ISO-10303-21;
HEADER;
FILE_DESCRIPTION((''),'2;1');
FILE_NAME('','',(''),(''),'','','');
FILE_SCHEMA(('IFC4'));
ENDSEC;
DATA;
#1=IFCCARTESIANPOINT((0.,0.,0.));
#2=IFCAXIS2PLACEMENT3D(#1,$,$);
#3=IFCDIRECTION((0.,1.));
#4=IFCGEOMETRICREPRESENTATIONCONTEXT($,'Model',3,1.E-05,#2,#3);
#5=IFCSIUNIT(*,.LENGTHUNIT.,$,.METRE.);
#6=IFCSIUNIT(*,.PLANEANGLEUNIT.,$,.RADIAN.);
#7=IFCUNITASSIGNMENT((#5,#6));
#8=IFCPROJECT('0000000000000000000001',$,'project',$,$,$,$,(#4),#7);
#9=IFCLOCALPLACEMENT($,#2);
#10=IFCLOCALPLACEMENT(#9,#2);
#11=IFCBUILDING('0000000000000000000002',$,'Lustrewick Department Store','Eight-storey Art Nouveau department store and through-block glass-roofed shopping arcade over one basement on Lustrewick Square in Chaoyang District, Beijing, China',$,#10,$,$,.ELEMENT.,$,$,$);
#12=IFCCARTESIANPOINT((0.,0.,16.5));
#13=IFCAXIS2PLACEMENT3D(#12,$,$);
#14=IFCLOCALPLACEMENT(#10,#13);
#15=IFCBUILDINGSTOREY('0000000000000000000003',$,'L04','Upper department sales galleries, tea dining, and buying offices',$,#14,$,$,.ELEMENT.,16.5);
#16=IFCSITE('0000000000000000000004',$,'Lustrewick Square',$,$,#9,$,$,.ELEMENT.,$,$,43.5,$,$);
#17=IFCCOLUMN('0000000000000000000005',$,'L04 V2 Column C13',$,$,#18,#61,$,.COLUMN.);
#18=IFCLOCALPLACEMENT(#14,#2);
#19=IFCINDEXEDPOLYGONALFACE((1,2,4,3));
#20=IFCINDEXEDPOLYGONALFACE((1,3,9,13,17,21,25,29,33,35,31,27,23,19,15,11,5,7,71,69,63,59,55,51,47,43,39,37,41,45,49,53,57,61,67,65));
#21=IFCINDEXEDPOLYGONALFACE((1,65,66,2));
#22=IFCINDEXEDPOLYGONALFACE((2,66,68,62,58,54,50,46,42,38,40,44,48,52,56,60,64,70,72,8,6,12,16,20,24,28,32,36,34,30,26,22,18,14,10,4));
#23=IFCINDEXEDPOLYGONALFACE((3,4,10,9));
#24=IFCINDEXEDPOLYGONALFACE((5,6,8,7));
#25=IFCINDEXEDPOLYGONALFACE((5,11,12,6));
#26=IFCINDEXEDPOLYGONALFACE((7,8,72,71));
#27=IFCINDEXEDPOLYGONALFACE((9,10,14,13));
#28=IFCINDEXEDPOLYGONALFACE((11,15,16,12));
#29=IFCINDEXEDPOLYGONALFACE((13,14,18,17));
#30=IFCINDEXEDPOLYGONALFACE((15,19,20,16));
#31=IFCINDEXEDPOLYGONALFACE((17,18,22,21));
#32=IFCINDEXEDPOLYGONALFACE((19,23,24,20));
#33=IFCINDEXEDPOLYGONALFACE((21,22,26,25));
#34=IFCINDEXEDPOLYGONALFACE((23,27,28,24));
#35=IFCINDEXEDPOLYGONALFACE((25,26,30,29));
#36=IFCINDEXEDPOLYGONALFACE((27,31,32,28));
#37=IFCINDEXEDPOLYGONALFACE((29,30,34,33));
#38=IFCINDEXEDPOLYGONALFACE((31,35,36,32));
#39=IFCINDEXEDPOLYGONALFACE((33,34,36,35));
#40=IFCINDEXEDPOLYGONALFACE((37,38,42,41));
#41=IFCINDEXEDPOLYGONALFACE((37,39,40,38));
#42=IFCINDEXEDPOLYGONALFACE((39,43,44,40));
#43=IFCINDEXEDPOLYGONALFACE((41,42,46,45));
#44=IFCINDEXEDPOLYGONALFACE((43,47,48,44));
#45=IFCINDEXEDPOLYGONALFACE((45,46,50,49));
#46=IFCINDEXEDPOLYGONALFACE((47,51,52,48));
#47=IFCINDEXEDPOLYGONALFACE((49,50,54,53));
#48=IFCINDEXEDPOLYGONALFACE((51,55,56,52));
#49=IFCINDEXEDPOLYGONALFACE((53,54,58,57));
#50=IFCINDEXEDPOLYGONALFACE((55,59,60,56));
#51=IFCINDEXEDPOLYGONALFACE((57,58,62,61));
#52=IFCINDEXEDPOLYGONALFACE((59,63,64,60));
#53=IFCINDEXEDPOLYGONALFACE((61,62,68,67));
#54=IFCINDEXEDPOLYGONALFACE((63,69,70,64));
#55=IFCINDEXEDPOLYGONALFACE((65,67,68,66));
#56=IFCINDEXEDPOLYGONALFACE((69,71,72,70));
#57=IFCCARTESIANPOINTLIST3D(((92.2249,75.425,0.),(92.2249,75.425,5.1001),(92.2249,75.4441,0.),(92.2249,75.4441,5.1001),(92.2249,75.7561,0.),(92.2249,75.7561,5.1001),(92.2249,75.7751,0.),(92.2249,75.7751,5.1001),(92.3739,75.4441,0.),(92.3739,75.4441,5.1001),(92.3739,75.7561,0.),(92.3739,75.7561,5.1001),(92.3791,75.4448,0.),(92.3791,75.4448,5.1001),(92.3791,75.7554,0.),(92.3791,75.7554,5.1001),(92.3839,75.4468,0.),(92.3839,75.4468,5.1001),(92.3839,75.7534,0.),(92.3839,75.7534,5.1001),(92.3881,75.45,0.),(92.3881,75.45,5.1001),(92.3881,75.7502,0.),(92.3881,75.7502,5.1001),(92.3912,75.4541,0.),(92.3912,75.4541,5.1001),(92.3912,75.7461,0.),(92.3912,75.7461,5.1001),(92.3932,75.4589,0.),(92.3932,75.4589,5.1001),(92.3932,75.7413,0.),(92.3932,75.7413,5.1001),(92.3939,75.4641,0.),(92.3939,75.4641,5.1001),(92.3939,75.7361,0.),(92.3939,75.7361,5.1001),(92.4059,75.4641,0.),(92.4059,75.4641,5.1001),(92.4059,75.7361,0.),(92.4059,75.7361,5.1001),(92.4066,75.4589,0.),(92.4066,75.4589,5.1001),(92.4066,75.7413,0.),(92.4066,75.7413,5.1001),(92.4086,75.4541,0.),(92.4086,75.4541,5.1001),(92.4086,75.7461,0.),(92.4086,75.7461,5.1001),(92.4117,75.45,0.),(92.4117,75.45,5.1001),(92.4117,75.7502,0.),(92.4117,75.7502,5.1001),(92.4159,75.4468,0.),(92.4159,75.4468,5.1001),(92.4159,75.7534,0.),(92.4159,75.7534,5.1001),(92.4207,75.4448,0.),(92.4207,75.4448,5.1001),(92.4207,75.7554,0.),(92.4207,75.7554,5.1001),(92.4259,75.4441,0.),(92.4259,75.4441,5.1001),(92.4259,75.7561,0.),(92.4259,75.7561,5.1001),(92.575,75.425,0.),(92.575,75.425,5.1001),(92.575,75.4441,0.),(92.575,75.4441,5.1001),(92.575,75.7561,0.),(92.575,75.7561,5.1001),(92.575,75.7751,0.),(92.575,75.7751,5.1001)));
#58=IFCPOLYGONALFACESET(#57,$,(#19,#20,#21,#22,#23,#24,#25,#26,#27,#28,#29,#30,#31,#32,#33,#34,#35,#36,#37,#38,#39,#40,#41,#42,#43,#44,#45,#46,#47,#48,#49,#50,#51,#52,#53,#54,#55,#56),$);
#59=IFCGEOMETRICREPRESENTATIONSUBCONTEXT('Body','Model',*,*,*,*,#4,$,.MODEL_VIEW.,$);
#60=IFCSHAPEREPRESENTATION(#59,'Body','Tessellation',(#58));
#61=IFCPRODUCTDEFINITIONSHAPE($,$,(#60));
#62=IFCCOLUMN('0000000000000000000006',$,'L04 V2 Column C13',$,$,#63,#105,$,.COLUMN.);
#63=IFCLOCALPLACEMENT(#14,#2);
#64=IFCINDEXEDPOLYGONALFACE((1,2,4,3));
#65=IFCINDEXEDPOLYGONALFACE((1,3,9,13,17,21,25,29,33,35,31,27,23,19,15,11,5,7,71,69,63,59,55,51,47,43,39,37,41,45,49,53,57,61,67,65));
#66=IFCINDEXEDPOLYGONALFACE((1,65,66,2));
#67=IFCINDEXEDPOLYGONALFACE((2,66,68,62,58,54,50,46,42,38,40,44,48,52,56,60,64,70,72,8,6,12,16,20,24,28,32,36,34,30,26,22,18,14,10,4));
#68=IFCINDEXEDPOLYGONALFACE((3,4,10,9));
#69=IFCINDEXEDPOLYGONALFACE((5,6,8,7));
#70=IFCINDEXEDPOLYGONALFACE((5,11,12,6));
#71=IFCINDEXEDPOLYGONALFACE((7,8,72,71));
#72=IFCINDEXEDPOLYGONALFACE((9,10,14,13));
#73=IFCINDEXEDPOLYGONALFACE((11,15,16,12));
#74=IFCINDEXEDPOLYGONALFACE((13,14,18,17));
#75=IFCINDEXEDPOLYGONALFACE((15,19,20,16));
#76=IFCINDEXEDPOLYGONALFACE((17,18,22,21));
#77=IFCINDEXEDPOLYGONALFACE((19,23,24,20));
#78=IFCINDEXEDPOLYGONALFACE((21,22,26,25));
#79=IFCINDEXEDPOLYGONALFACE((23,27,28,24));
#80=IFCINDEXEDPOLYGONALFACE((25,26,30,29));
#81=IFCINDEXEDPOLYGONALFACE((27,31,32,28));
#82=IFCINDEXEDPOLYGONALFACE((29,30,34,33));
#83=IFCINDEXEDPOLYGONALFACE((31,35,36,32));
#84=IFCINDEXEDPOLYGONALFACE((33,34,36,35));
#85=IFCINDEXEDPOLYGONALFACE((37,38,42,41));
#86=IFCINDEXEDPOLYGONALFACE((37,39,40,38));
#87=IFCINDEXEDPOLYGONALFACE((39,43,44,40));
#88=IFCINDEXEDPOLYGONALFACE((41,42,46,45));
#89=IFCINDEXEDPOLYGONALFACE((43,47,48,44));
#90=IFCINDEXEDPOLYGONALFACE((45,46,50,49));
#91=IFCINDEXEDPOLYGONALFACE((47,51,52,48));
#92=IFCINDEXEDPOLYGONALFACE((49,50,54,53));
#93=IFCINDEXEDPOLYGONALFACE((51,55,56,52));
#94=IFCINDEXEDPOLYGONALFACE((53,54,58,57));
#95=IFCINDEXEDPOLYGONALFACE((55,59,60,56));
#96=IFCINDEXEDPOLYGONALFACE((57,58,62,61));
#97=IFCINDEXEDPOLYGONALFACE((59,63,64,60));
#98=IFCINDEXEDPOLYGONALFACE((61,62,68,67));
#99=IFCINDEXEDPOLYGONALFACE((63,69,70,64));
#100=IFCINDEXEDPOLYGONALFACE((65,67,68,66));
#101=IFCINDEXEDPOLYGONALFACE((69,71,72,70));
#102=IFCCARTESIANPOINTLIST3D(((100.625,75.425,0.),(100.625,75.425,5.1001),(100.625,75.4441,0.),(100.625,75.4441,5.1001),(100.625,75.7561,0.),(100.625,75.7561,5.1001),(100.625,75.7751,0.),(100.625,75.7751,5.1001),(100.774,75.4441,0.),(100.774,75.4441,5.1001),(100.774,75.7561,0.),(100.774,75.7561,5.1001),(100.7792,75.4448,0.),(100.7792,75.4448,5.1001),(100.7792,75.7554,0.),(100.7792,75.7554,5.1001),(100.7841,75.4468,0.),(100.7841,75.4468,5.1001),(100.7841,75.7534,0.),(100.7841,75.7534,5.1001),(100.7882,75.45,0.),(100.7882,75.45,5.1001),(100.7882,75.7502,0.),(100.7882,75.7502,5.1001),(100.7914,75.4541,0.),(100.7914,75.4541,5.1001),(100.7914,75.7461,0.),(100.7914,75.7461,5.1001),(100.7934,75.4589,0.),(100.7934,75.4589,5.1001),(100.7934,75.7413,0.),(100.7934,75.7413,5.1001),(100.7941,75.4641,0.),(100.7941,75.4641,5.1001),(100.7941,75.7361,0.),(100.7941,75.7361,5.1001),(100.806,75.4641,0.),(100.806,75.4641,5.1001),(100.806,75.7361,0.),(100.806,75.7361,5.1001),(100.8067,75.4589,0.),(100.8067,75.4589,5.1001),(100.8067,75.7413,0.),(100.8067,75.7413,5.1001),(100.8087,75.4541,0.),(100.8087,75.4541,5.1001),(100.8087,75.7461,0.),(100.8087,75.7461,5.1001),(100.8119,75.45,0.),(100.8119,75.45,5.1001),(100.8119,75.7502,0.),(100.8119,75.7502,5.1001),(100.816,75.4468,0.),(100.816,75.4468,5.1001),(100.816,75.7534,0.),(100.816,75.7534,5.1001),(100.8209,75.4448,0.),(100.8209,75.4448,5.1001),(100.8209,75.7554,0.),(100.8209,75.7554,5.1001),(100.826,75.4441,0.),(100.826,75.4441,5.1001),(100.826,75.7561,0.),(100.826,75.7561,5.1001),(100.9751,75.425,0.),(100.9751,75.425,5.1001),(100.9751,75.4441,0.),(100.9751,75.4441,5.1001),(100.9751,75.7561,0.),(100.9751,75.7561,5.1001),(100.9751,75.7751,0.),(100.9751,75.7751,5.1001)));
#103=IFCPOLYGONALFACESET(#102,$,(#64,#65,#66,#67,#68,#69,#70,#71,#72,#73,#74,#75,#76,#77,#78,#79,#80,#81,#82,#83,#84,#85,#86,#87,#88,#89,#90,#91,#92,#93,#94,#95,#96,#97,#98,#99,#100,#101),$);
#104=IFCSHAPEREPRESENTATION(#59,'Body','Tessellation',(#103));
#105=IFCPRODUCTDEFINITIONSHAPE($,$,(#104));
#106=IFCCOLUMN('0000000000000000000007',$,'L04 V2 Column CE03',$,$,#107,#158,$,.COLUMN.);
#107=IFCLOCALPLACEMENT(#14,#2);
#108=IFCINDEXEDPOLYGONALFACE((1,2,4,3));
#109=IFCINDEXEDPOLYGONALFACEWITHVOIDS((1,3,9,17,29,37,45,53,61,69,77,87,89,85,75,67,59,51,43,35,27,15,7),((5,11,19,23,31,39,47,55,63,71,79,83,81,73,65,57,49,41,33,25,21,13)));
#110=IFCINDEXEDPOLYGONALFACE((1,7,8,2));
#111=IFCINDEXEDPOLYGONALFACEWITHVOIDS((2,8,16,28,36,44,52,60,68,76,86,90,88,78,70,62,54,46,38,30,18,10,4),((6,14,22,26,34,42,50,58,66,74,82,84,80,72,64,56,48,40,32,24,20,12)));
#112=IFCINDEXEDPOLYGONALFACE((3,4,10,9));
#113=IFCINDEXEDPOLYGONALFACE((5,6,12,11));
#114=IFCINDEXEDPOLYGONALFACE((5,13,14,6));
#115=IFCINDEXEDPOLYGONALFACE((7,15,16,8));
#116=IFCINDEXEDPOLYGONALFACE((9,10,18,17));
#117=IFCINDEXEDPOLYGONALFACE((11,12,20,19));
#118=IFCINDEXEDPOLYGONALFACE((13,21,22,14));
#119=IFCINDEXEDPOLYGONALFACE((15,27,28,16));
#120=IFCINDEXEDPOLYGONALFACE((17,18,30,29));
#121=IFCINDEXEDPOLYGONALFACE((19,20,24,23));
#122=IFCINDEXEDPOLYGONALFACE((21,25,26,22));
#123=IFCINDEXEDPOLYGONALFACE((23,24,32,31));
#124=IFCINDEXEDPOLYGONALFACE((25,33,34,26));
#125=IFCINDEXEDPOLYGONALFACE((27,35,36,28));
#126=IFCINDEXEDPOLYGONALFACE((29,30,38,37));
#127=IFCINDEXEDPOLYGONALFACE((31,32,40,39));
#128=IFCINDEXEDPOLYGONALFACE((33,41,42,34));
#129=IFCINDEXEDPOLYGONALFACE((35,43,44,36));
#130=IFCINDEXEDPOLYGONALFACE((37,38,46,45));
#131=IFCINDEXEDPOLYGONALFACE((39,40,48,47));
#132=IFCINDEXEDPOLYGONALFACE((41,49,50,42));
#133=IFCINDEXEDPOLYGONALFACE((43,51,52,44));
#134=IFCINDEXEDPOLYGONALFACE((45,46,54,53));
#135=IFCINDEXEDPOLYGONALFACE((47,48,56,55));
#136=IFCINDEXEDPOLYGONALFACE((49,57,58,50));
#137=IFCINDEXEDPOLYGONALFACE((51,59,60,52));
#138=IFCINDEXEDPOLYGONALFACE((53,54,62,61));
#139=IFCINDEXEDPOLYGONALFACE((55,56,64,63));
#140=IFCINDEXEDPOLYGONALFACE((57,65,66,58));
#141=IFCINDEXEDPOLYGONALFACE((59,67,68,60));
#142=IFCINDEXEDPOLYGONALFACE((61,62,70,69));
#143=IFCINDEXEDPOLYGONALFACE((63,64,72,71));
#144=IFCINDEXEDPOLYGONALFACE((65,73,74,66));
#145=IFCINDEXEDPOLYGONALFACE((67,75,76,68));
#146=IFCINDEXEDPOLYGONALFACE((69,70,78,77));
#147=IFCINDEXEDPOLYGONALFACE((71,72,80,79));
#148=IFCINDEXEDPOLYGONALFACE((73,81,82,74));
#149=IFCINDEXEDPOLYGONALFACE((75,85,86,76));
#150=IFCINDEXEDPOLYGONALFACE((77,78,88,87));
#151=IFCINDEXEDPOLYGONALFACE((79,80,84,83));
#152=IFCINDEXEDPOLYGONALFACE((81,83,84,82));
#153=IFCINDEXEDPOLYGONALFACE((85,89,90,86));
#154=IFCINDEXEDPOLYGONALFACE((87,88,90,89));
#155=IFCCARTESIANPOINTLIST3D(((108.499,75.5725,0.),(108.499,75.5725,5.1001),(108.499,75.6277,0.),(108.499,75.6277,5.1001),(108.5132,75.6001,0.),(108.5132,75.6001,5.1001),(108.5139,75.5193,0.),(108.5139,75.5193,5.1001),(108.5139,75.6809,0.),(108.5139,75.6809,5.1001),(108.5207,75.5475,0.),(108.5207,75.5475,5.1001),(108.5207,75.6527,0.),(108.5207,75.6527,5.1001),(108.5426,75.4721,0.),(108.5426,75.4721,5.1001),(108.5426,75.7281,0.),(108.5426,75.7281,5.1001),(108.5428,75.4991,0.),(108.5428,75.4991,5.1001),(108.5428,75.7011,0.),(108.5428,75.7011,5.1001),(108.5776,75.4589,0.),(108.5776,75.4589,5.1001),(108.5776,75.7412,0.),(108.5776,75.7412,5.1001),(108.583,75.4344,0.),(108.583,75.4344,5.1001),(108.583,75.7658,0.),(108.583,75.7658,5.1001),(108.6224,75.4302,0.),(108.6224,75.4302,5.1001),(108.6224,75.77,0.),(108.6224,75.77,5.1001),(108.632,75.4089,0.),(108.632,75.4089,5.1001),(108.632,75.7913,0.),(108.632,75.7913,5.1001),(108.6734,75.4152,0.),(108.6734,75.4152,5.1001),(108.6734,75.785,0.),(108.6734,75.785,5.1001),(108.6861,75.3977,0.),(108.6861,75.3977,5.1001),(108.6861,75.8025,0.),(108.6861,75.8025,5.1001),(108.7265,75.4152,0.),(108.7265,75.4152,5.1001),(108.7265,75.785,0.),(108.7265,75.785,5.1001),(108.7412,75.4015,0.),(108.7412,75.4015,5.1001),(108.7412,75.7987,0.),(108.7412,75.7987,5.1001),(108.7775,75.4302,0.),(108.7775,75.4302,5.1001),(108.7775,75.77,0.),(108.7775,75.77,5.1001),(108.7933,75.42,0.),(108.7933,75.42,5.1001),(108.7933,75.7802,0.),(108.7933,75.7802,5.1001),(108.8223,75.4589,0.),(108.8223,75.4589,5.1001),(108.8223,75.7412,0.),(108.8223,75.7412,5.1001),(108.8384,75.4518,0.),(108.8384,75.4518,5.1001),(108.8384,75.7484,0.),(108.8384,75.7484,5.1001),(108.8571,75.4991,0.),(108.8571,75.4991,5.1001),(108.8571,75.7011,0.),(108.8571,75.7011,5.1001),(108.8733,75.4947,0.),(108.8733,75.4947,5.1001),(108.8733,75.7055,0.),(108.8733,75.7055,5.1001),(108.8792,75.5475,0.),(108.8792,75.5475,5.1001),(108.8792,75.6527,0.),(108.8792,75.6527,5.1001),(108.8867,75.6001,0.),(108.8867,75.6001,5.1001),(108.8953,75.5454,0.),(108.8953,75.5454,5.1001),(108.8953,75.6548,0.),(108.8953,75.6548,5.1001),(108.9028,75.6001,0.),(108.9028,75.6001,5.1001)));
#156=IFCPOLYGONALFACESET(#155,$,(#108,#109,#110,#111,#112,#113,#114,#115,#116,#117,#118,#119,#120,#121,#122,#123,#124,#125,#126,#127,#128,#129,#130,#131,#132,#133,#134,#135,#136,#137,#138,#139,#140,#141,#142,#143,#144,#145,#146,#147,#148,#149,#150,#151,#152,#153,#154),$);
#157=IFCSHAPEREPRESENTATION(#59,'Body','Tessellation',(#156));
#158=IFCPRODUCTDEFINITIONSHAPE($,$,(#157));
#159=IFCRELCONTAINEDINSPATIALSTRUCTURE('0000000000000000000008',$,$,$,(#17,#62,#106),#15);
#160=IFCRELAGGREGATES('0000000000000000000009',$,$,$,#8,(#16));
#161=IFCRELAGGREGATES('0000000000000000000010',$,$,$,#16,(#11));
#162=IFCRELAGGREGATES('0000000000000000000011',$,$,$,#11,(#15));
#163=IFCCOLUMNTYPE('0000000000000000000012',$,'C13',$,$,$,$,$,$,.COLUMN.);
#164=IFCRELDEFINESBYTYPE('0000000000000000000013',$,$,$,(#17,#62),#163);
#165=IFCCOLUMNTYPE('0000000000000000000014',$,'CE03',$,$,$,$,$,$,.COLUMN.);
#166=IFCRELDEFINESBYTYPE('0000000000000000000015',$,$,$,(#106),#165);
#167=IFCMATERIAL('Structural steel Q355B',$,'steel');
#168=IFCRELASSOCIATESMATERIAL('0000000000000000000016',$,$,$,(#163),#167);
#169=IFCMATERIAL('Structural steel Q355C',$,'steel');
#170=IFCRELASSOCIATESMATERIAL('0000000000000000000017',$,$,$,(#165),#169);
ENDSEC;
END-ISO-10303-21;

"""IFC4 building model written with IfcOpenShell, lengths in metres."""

from ifc_helpers import new_model, si_unit, direction, frame, origin, origin_2d, place, context, subcontext, project, spatial, hollow_circle, i_section, extrude, material, material_profile, profile_set, type_object, element, save


model = new_model("IFC4")

# Units and contexts
model_context = context("Model", 3, precision=1e-05, world=origin(), true_north=direction((0.0, 1.0)))
body_context = subcontext(model_context, "Body", "Model", "MODEL_VIEW")
ifc_project = project(units=[si_unit("LENGTHUNIT", "METRE"), si_unit("PLANEANGLEUNIT", "RADIAN")], contexts=[model_context])

# Site, building, storey
site_placement = place(None, origin())
site = spatial("IfcSite", under=ifc_project, at=site_placement, Name="Lustrewick Square", CompositionType="ELEMENT", RefElevation=43.5)
building_placement = place(site_placement, origin())
building = spatial("IfcBuilding", under=site, at=building_placement, Name="Lustrewick Department Store", Description="Eight-storey Art Nouveau department store and through-block glass-roofed shopping arcade over one basement on Lustrewick Square in Chaoyang District, Beijing, China", CompositionType="ELEMENT")
storey_placement = place(building_placement, frame((0.0, 0.0, 16.5)))
storey = spatial("IfcBuildingStorey", under=building, at=storey_placement, Name="L04", Description="Upper department sales galleries, tea dining, and buying offices", CompositionType="ELEMENT", Elevation=16.5)

# Columns
ifc_material_1 = material(Name="Structural steel Q355B", Category="steel")
ifc_material_profile_1 = material_profile(ifc_material_1, i_section(OverallWidth=0.3501, OverallDepth=0.3501, WebThickness=0.012, FlangeThickness=0.019, FilletRadius=0.02, at=origin_2d()), Name="HW 350x350x12x19")
ifc_profile_set_1 = profile_set([ifc_material_profile_1], Name="Structural steel Q355B")
column_type_1 = type_object("IfcColumnType", Name="C13", PredefinedType="COLUMN", material=ifc_profile_set_1)
for number, where, z_axis, x_axis, name in (
    (1, (92.3999, 75.6001, 0.0), (0.0, 0.0, 1.0), (1.0, 0.0, 0.0), "L04 V2 Column C13"),
    (2, (100.8, 75.6001, 0.0), (0.0, 0.0, 1.0), (1.0, 0.0, 0.0), "L04 V2 Column C13"),
):
    element("IfcColumn", number, at=place(storey_placement, frame(where, z_axis=z_axis, x_axis=x_axis)), inside=storey, type_object=column_type_1, Name=name, PredefinedType="COLUMN", context=body_context, shape_type="SweptSolid", body=[
        extrude(i_section(OverallWidth=0.3501, OverallDepth=0.3501, WebThickness=0.012, FlangeThickness=0.019, FilletRadius=0.02, at=origin_2d()), origin(), (0.0, 0.0, 1.0), 5.1001),
    ])
ifc_material_2 = material(Name="Structural steel Q355C", Category="steel")
ifc_material_profile_2 = material_profile(ifc_material_2, hollow_circle(Radius=0.2029, WallThickness=0.0161, at=origin_2d()), Name="CHS 406x16")
ifc_profile_set_2 = profile_set([ifc_material_profile_2], Name="Structural steel Q355C")
column_type_2 = type_object("IfcColumnType", Name="CE03", PredefinedType="COLUMN", material=ifc_profile_set_2)
column_placement = place(storey_placement, frame((108.7, 75.6001, 0.0), z_axis=(0.0, 0.0, 1.0), x_axis=(1.0, 0.0, 0.0)))
element("IfcColumn", 3, at=column_placement, inside=storey, type_object=column_type_2, Name="L04 V2 Column CE03", PredefinedType="COLUMN", context=body_context, shape_type="SweptSolid", body=[
    extrude(hollow_circle(Radius=0.2029, WallThickness=0.0161, at=origin_2d()), origin(), (0.0, 0.0, 1.0), 5.1001),
])

save(model, "model.ifc")
